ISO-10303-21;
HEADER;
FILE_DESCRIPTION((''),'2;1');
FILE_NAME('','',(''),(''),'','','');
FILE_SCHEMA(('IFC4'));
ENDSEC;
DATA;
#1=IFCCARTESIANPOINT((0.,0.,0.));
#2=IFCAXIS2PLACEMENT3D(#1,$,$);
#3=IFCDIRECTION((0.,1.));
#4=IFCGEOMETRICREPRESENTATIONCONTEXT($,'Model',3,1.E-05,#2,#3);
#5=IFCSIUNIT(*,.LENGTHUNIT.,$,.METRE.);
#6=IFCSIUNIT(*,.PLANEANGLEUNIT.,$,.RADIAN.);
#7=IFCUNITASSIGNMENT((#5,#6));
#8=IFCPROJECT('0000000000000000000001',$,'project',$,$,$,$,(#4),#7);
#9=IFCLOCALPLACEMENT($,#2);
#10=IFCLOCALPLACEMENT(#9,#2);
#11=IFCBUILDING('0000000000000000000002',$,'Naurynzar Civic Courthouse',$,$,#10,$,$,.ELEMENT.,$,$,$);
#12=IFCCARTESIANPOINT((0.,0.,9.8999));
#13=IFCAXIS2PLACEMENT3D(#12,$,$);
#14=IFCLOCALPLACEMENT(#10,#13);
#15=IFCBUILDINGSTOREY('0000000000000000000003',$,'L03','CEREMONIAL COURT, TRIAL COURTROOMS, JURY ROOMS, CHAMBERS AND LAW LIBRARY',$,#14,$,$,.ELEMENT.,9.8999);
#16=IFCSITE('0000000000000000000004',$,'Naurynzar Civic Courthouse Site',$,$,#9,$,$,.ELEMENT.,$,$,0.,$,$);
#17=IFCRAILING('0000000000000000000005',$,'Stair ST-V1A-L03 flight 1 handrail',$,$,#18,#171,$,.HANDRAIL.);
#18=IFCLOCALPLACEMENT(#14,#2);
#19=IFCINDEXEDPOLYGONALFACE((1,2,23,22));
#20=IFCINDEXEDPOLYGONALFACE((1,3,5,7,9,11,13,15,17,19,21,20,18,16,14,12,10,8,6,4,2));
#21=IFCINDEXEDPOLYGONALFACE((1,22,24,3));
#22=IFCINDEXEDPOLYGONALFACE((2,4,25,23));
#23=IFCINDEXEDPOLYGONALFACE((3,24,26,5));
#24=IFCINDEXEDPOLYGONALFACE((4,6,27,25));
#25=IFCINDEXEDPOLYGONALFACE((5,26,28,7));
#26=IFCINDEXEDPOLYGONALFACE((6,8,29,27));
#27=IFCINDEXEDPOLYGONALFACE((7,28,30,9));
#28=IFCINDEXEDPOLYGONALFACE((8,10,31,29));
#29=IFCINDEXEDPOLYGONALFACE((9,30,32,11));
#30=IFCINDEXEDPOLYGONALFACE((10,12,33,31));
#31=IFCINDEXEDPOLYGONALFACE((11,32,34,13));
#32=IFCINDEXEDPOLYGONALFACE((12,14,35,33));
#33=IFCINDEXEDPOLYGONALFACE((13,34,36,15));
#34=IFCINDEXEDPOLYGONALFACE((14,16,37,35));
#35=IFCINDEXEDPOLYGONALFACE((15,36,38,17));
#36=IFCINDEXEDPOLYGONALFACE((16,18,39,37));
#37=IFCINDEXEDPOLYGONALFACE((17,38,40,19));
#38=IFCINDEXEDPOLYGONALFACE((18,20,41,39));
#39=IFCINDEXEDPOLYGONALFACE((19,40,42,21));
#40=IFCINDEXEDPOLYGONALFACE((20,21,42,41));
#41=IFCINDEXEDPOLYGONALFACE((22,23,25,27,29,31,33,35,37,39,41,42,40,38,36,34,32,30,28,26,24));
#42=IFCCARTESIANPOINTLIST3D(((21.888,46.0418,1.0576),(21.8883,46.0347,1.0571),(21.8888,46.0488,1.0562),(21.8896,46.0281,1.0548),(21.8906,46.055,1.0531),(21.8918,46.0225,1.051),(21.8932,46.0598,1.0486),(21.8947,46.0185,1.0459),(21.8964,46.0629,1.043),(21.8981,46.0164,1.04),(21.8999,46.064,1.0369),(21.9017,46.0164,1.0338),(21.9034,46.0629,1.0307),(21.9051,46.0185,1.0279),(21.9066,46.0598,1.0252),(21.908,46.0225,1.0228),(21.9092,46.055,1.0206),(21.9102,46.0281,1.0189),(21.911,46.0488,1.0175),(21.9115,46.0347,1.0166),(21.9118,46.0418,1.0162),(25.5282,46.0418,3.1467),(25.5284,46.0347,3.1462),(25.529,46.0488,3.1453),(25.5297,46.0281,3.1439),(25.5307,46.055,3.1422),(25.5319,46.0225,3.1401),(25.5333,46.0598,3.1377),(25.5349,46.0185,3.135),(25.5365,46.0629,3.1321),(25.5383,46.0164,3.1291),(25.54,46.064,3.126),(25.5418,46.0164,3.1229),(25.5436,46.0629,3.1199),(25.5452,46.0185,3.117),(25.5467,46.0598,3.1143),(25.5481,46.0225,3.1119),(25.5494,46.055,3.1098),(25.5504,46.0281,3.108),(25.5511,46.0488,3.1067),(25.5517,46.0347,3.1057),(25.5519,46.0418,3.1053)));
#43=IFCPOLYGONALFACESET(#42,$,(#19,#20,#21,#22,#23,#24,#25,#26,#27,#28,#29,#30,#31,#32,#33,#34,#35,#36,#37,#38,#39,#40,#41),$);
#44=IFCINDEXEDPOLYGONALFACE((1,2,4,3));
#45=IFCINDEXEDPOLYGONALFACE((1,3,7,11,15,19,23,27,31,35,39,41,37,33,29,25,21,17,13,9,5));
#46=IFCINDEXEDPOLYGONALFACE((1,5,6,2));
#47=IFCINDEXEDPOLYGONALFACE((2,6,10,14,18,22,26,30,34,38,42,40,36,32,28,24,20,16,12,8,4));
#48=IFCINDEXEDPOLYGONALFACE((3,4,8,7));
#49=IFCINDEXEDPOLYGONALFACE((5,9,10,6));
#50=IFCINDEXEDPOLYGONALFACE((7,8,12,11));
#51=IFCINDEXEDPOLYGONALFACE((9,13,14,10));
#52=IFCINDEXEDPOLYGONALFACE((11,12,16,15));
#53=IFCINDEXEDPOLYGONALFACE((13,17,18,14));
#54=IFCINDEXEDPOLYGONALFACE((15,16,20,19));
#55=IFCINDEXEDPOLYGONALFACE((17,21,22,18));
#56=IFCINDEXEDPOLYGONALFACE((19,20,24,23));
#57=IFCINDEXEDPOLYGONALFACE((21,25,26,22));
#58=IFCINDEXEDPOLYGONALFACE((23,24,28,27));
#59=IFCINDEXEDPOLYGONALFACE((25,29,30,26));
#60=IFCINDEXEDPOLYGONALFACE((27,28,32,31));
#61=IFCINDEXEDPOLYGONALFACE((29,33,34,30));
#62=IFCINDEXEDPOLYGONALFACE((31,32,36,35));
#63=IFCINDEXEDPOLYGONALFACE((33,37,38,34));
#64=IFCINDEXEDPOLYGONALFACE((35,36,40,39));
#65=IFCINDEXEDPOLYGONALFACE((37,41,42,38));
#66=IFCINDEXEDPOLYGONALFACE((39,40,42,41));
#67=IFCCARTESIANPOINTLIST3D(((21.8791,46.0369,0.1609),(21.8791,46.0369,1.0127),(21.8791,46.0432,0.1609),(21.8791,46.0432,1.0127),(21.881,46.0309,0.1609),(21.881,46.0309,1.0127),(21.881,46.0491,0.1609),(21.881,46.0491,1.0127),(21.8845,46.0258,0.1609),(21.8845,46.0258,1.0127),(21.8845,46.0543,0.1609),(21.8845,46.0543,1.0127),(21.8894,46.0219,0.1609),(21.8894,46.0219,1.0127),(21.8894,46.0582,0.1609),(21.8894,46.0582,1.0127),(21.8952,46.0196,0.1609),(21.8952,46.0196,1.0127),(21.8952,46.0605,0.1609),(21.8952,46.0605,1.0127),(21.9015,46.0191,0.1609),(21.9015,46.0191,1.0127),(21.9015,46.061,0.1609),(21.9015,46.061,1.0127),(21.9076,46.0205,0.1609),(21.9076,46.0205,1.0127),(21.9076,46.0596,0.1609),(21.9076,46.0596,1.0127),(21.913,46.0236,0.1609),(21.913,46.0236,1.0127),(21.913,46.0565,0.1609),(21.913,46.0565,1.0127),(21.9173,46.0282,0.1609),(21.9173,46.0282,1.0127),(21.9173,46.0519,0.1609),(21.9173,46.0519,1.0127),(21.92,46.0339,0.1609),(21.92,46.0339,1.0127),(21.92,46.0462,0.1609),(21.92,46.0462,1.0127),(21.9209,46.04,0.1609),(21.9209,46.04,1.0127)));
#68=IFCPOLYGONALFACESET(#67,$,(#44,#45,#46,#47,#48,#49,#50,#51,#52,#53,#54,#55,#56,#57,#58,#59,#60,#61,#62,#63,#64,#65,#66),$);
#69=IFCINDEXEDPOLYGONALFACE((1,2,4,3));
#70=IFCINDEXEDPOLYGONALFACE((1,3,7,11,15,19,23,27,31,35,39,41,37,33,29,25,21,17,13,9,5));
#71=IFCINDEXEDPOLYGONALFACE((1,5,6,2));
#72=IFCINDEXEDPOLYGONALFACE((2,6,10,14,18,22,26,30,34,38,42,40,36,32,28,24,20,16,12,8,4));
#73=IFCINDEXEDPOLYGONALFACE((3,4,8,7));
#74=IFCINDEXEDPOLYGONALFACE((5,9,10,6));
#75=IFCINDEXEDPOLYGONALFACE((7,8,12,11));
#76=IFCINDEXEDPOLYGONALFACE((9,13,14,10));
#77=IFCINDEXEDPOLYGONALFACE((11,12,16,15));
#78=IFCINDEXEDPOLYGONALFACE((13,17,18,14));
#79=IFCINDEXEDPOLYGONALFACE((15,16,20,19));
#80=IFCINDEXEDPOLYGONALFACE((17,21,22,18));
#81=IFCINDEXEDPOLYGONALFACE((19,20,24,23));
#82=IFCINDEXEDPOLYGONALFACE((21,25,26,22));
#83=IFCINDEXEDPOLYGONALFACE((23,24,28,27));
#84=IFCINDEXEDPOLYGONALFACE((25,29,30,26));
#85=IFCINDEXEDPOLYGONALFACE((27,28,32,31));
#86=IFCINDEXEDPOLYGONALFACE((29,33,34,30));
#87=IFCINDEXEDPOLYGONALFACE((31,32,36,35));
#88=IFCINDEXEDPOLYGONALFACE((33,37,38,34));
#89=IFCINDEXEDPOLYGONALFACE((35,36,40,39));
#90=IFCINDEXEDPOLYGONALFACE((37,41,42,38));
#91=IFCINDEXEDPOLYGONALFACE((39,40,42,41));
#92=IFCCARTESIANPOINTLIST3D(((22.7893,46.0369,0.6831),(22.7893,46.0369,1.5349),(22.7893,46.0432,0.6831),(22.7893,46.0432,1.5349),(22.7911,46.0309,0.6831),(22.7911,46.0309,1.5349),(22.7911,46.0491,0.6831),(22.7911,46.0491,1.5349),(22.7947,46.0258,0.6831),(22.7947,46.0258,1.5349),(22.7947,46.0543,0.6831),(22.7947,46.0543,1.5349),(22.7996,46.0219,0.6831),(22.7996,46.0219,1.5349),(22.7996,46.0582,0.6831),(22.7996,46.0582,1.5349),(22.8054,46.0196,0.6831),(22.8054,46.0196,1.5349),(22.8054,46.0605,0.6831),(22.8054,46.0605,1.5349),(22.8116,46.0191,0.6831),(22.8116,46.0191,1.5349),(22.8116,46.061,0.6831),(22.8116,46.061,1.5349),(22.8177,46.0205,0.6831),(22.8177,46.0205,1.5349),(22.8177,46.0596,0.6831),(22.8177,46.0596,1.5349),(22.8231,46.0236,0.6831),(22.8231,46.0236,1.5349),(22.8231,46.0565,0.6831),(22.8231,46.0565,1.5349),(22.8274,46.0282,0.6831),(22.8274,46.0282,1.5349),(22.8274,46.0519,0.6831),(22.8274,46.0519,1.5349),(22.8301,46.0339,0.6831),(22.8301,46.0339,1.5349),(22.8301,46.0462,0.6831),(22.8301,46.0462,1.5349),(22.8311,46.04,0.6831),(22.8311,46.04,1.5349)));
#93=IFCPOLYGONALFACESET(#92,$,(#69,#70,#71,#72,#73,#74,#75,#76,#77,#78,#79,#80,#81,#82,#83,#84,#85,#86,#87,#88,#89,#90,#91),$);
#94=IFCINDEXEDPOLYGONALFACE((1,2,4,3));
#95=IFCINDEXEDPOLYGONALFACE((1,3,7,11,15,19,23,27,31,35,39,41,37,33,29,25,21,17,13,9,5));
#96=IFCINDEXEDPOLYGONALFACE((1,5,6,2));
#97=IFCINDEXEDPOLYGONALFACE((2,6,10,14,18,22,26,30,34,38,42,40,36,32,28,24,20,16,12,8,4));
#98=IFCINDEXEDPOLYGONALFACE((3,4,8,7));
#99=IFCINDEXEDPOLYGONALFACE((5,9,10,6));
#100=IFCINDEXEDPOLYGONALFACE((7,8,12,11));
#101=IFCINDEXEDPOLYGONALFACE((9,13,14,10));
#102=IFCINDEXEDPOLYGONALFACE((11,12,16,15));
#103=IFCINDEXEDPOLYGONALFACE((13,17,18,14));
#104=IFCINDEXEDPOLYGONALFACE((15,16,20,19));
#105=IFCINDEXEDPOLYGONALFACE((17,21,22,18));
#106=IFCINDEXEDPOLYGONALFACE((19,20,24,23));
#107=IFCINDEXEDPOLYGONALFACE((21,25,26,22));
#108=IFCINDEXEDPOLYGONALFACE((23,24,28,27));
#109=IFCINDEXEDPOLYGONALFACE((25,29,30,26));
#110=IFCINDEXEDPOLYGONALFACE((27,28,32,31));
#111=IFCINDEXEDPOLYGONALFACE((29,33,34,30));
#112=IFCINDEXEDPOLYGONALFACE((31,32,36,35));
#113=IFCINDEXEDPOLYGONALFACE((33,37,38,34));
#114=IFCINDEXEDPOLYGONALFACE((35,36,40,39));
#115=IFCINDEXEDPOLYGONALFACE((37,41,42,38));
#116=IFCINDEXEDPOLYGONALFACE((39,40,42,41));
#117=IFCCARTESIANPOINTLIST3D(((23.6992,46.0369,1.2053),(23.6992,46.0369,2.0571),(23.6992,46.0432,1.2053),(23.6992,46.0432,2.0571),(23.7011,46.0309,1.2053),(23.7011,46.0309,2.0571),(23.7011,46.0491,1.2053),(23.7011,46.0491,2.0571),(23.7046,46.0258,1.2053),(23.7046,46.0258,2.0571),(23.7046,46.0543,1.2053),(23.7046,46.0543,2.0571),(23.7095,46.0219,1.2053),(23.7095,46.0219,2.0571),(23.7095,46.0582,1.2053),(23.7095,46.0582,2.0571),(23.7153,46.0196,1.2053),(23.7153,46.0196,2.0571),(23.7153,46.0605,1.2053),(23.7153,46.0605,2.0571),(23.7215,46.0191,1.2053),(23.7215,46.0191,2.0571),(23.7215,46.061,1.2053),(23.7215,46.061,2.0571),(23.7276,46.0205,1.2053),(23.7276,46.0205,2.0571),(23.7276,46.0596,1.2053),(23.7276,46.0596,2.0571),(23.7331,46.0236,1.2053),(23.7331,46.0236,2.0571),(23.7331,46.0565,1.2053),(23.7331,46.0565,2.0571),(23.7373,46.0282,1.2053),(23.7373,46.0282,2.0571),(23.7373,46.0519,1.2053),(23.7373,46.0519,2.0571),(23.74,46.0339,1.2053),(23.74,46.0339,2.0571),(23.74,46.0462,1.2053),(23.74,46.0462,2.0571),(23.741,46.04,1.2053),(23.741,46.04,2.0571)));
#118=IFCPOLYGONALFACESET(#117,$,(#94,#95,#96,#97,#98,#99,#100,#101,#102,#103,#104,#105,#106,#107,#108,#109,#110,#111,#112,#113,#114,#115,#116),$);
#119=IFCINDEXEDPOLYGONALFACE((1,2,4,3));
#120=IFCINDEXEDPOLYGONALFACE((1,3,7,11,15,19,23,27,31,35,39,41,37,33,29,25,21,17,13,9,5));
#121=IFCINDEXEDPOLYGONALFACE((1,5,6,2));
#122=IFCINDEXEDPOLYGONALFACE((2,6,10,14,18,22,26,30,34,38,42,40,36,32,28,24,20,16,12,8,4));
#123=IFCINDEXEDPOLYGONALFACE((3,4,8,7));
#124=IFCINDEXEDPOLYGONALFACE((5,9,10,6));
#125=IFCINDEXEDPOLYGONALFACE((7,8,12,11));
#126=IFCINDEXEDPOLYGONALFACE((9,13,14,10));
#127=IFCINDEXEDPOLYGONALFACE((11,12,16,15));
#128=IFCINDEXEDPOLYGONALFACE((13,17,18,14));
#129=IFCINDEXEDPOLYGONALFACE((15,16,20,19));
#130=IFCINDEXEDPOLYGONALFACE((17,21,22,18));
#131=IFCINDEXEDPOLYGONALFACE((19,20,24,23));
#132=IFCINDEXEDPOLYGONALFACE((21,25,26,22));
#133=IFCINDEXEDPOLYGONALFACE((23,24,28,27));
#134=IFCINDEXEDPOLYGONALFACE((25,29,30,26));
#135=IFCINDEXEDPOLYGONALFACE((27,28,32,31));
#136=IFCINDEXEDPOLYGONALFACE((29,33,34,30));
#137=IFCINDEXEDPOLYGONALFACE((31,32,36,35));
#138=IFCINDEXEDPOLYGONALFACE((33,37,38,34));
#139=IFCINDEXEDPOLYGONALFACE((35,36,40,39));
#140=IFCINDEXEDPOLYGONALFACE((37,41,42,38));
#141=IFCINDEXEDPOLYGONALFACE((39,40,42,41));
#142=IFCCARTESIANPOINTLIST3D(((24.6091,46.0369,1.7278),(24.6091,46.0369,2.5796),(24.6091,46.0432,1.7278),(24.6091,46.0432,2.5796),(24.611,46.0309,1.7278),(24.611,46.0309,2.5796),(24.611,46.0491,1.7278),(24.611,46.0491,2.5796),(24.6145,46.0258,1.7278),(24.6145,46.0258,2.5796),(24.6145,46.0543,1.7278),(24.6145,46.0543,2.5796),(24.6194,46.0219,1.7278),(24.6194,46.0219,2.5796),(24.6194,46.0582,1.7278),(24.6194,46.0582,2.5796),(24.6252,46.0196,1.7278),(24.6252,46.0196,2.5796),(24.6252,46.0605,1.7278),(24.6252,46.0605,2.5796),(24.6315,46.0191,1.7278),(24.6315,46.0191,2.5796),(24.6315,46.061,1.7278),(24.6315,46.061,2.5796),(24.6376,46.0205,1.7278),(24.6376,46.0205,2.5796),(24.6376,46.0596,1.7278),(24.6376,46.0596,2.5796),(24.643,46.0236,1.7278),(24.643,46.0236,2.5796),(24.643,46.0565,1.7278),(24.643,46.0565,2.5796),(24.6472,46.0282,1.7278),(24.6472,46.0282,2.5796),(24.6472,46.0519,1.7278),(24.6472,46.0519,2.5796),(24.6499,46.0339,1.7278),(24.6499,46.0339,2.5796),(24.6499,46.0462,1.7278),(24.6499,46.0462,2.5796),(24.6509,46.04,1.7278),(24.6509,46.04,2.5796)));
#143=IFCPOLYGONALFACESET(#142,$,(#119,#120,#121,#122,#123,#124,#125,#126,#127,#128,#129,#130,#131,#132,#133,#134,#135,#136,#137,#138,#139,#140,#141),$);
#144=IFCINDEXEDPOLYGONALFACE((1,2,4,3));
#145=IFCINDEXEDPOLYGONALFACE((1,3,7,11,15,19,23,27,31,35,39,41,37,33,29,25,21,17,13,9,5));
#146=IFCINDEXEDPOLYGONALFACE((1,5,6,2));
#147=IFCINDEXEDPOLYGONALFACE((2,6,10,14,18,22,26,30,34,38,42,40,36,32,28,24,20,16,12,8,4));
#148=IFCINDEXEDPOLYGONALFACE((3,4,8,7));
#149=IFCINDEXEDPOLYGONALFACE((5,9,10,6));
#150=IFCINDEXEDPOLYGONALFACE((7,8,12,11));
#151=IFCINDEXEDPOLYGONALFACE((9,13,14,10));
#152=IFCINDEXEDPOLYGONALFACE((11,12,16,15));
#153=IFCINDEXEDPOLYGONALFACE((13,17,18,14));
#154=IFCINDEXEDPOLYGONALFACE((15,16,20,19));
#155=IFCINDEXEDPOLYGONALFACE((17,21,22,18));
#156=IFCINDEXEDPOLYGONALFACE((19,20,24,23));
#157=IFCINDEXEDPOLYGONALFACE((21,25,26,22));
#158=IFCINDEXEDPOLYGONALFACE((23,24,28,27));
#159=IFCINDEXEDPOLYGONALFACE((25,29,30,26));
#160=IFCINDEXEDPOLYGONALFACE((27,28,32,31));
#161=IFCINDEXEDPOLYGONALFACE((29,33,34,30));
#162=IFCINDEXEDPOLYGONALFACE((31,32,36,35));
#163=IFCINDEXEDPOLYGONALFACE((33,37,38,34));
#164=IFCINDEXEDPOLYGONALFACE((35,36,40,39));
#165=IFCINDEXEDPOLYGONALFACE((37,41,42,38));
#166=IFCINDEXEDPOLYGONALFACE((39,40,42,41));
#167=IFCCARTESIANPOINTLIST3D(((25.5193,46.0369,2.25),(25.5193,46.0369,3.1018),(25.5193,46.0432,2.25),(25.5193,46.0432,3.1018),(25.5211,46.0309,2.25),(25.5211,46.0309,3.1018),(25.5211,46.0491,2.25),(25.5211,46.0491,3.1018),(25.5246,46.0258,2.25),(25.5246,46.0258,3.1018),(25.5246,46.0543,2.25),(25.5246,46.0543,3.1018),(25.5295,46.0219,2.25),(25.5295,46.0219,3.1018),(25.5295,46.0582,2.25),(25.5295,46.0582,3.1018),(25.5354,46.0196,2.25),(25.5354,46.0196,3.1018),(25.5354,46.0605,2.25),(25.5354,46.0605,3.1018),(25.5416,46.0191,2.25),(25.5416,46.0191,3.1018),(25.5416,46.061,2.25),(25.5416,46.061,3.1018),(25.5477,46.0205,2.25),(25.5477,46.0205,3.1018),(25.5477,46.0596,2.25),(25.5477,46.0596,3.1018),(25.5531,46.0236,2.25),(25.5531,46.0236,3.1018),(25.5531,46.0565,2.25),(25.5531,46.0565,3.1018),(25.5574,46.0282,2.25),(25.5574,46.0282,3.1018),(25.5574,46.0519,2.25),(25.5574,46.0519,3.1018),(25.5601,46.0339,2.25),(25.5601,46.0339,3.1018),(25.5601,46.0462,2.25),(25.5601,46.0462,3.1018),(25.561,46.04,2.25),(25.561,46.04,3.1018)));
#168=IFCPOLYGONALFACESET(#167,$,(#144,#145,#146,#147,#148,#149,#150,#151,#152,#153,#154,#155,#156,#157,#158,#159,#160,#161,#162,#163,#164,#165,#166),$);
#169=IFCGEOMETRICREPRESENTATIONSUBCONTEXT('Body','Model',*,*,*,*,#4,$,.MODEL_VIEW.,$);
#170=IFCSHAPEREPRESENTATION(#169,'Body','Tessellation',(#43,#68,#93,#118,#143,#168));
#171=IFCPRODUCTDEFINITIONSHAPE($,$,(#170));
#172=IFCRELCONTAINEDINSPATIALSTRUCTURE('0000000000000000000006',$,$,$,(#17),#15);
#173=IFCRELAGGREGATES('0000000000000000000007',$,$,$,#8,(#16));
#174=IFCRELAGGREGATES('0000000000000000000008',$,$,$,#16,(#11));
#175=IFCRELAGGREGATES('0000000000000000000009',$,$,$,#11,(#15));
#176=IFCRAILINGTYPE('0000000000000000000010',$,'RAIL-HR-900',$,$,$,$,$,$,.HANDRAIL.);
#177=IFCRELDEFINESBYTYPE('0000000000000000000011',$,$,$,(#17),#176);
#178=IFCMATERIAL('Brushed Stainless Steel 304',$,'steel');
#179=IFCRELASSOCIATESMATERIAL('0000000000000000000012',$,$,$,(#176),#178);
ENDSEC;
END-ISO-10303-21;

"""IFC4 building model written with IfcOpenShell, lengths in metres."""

from ifc_helpers import new_model, si_unit, direction, frame, origin, origin_2d, place, context, subcontext, project, spatial, circle, extrude, material, type_object, element, save


model = new_model("IFC4")

# Units and contexts
model_context = context("Model", 3, precision=1e-05, world=origin(), true_north=direction((0.0, 1.0)))
body_context = subcontext(model_context, "Body", "Model", "MODEL_VIEW")
ifc_project = project(units=[si_unit("LENGTHUNIT", "METRE"), si_unit("PLANEANGLEUNIT", "RADIAN")], contexts=[model_context])

# Site, building, storey
site_placement = place(None, origin())
site = spatial("IfcSite", under=ifc_project, at=site_placement, Name="Naurynzar Civic Courthouse Site", CompositionType="ELEMENT", RefElevation=0.0)
building_placement = place(site_placement, origin())
building = spatial("IfcBuilding", under=site, at=building_placement, Name="Naurynzar Civic Courthouse", CompositionType="ELEMENT")
storey_placement = place(building_placement, frame((0.0, 0.0, 9.8999)))
storey = spatial("IfcBuildingStorey", under=building, at=storey_placement, Name="L03", Description="CEREMONIAL COURT, TRIAL COURTROOMS, JURY ROOMS, CHAMBERS AND LAW LIBRARY", CompositionType="ELEMENT", Elevation=9.8999)

# Railing
ifc_material_1 = material(Name="Brushed Stainless Steel 304", Category="steel")
railing_type_1 = type_object("IfcRailingType", Name="RAIL-HR-900", PredefinedType="HANDRAIL", material=ifc_material_1)
railing_1_placement = place(storey_placement, frame((21.8999, 46.04, 0.1609)))
element("IfcRailing", 1, at=railing_1_placement, inside=storey, type_object=railing_type_1, Name="Stair ST-V1A-L03 flight 1 handrail", PredefinedType="HANDRAIL", context=body_context, shape_type="SweptSolid", body=[
    extrude(circle(Radius=0.0239, at=origin_2d()), frame((0.0, 0.0, 0.876), z_axis=(0.867314, 0.0, 0.497761), x_axis=(0.0, 1.0, 0.0)), (0.0, 0.0, 1.0), 4.197),
    extrude(circle(Radius=0.021, at=origin_2d()), origin(), (0.0, 0.0, 1.0), 0.8518),
    extrude(circle(Radius=0.021, at=origin_2d()), frame((0.9102, 0.0, 0.5222)), (0.0, 0.0, 1.0), 0.8518),
    extrude(circle(Radius=0.021, at=origin_2d()), frame((1.8201, 0.0, 1.0444)), (0.0, 0.0, 1.0), 0.8518),
    extrude(circle(Radius=0.021, at=origin_2d()), frame((2.73, 0.0, 1.5669)), (0.0, 0.0, 1.0), 0.8518),
    extrude(circle(Radius=0.021, at=origin_2d()), frame((3.6401, 0.0, 2.0891)), (0.0, 0.0, 1.0), 0.8518),
])

save(model, "model.ifc")
